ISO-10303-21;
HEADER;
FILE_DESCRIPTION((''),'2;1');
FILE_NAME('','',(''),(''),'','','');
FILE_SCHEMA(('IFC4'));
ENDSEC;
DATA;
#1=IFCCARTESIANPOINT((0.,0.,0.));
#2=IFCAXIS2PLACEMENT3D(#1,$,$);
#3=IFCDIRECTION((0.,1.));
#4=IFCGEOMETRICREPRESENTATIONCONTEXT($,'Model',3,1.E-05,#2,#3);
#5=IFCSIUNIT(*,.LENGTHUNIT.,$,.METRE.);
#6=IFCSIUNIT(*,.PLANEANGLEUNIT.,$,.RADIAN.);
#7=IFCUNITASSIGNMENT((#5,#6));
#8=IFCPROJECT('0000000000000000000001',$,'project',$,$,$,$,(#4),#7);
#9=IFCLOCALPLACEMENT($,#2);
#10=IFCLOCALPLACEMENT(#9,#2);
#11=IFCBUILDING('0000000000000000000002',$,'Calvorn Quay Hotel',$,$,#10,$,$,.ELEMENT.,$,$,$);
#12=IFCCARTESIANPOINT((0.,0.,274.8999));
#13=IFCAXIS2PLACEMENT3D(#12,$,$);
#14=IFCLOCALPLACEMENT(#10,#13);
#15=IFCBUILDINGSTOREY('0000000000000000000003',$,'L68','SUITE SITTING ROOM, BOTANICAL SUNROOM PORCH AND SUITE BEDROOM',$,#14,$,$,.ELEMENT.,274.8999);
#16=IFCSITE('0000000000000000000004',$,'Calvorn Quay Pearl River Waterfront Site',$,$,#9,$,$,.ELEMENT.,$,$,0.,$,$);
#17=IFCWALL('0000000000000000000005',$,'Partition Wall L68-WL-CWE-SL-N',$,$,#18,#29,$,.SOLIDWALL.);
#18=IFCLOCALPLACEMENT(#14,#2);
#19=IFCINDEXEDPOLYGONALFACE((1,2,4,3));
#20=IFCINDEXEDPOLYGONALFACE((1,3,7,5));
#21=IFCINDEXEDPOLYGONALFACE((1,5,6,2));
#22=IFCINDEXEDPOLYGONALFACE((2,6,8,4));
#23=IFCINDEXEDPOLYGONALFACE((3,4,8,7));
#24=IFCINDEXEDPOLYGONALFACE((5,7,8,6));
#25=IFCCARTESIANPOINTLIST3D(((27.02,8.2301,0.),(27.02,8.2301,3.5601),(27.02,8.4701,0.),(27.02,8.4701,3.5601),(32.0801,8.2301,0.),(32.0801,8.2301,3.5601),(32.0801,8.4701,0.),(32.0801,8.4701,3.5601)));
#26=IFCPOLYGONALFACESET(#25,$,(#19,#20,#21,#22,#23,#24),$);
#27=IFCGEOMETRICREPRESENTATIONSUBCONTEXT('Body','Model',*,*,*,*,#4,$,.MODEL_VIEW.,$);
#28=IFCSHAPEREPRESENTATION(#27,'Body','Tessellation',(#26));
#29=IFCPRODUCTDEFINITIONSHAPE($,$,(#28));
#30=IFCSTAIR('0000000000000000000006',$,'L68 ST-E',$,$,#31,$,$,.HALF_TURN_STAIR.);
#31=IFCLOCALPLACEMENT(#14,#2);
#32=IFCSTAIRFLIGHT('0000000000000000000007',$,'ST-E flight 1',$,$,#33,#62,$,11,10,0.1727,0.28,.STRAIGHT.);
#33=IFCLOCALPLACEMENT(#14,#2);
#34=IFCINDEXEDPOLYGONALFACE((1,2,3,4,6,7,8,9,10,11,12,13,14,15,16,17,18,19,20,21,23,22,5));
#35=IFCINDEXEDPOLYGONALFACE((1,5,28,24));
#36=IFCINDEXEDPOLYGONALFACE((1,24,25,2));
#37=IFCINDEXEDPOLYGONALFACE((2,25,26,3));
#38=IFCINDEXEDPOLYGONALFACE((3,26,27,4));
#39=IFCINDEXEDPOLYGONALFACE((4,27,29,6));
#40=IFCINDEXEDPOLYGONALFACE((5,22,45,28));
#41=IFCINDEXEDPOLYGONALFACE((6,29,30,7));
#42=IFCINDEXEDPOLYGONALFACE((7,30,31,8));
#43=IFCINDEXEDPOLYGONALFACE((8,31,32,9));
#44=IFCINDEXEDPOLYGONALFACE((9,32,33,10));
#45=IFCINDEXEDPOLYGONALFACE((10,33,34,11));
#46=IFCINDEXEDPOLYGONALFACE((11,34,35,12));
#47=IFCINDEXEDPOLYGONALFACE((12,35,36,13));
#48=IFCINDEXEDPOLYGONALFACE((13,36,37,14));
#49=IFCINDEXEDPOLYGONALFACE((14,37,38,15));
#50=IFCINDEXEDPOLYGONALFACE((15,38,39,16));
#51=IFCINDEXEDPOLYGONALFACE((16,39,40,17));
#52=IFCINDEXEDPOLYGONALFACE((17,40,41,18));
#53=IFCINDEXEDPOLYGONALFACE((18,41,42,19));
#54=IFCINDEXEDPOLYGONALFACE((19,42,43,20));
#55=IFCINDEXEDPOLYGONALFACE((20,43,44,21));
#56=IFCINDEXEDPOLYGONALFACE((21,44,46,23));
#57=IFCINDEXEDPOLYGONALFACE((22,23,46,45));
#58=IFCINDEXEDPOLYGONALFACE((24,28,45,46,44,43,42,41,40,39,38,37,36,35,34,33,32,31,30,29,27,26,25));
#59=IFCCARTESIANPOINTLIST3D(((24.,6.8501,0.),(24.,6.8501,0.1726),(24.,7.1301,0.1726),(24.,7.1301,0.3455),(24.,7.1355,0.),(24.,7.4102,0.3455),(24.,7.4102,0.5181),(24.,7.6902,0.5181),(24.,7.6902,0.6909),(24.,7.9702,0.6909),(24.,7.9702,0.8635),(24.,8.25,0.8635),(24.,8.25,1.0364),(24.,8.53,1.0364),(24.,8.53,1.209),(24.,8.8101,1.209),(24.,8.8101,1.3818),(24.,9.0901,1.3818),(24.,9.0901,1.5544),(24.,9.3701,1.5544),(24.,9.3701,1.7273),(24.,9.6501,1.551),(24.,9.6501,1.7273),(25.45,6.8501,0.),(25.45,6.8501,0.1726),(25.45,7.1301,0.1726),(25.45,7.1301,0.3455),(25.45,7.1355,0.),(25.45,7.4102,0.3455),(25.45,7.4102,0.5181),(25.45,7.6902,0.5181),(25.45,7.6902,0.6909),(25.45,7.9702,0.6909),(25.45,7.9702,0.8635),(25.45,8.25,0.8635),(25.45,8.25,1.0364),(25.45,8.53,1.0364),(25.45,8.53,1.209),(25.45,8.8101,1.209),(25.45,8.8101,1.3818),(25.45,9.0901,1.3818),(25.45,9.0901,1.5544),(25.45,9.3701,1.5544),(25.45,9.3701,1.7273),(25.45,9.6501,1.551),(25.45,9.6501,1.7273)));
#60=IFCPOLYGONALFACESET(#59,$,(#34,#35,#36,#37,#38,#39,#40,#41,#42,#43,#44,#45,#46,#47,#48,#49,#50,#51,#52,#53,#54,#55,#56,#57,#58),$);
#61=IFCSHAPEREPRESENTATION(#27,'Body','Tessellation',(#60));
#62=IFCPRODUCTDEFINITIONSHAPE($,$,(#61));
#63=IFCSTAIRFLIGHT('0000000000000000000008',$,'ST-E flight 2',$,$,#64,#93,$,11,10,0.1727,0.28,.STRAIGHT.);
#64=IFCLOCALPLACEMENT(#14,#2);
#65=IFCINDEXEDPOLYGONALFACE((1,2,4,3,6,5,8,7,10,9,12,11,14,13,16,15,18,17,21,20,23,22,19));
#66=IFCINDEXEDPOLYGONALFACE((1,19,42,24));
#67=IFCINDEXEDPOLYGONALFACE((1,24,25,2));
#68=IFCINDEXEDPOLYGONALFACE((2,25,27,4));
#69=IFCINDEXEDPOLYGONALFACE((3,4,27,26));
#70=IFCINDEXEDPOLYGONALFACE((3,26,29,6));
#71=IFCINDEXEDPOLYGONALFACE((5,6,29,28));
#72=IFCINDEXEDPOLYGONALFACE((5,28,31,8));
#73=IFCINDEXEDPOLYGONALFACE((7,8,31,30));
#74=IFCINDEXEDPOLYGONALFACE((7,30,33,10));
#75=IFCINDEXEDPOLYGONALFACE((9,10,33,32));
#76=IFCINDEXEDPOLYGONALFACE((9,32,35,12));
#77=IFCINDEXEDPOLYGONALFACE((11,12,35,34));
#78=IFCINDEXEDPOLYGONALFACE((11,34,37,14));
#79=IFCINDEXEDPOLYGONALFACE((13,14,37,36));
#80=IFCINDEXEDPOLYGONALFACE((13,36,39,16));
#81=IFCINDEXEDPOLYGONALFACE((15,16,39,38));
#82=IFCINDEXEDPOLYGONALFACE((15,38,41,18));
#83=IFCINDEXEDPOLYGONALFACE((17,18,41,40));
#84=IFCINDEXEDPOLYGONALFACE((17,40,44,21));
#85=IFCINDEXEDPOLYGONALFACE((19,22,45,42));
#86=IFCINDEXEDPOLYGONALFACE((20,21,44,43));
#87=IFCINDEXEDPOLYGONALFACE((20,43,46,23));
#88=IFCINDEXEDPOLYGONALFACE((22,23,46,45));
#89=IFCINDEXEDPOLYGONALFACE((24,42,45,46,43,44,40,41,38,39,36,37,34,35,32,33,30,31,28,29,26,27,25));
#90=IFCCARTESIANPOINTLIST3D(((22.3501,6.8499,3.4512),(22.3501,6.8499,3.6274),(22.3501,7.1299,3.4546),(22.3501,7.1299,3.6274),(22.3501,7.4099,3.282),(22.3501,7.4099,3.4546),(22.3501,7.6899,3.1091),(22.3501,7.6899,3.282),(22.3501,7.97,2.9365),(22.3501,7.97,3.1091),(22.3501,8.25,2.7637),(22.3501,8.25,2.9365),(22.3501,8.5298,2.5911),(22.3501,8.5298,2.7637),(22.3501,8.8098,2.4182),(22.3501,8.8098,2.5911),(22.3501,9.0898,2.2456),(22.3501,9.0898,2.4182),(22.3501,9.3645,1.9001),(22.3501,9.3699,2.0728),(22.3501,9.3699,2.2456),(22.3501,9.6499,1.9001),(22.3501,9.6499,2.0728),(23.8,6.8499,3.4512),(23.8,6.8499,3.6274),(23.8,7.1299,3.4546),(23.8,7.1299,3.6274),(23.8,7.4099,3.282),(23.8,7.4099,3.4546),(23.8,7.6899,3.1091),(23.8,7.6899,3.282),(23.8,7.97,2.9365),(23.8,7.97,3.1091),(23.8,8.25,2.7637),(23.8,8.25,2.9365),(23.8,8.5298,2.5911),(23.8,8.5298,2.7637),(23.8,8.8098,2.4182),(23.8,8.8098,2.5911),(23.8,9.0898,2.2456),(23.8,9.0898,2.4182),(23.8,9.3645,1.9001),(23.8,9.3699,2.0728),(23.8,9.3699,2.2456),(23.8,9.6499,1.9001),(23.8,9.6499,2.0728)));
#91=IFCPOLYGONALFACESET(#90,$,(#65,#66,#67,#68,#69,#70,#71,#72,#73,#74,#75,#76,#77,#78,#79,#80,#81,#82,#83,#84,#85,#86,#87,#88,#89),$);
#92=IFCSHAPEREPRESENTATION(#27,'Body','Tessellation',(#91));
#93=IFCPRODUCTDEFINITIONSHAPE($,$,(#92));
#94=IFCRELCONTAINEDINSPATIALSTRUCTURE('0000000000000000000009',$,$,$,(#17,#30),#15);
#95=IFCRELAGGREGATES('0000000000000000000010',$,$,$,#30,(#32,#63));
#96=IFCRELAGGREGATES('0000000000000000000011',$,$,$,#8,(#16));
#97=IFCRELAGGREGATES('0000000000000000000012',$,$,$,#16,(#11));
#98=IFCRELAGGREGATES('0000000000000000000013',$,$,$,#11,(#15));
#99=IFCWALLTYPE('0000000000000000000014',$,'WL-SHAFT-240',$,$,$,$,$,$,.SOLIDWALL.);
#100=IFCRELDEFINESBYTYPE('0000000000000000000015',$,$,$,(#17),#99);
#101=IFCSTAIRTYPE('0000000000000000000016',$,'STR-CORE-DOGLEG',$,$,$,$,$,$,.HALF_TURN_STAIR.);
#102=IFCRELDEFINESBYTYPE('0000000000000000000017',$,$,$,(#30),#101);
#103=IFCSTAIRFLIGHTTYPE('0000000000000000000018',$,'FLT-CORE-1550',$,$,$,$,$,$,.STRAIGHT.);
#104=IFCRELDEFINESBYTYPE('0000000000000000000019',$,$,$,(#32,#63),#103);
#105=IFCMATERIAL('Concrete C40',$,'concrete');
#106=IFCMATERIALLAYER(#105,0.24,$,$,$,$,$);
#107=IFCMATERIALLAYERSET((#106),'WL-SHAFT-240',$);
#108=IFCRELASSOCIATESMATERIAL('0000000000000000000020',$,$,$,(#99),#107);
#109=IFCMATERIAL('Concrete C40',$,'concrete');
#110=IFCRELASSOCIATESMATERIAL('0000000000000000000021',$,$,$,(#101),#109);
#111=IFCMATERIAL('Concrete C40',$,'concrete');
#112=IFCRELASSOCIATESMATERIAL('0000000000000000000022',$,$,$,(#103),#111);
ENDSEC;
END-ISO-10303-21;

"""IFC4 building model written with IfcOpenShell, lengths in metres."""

from ifc_helpers import new_model, si_unit, direction, frame, frame_2d, origin, place, context, subcontext, project, spatial, polyline, rectangle, outline, extrude, material, layer, layer_set, type_object, element, aggregate, save


model = new_model("IFC4")

# Units and contexts
model_context = context("Model", 3, precision=1e-05, world=origin(), true_north=direction((0.0, 1.0)))
body_context = subcontext(model_context, "Body", "Model", "MODEL_VIEW")
ifc_project = project(units=[si_unit("LENGTHUNIT", "METRE"), si_unit("PLANEANGLEUNIT", "RADIAN")], contexts=[model_context])

# Site, building, storey
site_placement = place(None, origin())
site = spatial("IfcSite", under=ifc_project, at=site_placement, Name="Calvorn Quay Pearl River Waterfront Site", CompositionType="ELEMENT", RefElevation=0.0)
building_placement = place(site_placement, origin())
building = spatial("IfcBuilding", under=site, at=building_placement, Name="Calvorn Quay Hotel", CompositionType="ELEMENT")
storey_placement = place(building_placement, frame((0.0, 0.0, 274.8999)))
storey = spatial("IfcBuildingStorey", under=building, at=storey_placement, Name="L68", Description="SUITE SITTING ROOM, BOTANICAL SUNROOM PORCH AND SUITE BEDROOM", CompositionType="ELEMENT", Elevation=274.8999)

# Shared definitions
ifc_material_1 = material(Name="Concrete C40", Category="concrete")
ifc_layer_1 = layer(ifc_material_1, 0.24)
ifc_layer_set_1 = layer_set([ifc_layer_1], Name="WL-SHAFT-240")
wall_type_1 = type_object("IfcWallType", Name="WL-SHAFT-240", PredefinedType="SOLIDWALL", material=ifc_layer_set_1)

# Wall
wall_1_placement = place(storey_placement, frame((27.02, 8.3501, 0.0), z_axis=(0.0, 0.0, 1.0), x_axis=(1.0, 0.0, 0.0)))
element("IfcWall", 1, at=wall_1_placement, inside=storey, type_object=wall_type_1, Name="Partition Wall L68-WL-CWE-SL-N", PredefinedType="SOLIDWALL", context=body_context, shape_type="SweptSolid", body=[
    extrude(rectangle(XDim=5.0601, YDim=0.24, at=frame_2d((2.53, 0.0))), origin(), (0.0, 0.0, 1.0), 3.5601),
])

# Stair, stair flights
ifc_material_2 = material(Name="Concrete C40", Category="concrete")
stair_type = type_object("IfcStairType", Name="STR-CORE-DOGLEG", PredefinedType="HALF_TURN_STAIR", material=ifc_material_2)
stair_placement = place(storey_placement, origin())
stair = element("IfcStair", 2, at=stair_placement, inside=storey, type_object=stair_type, Name="L68 ST-E", PredefinedType="HALF_TURN_STAIR")
ifc_material_3 = material(Name="Concrete C40", Category="concrete")
stair_flight_type = type_object("IfcStairFlightType", Name="FLT-CORE-1550", PredefinedType="STRAIGHT", material=ifc_material_3)
stair_flight_1_placement = place(storey_placement, frame((24.7251, 6.8501, 0.0), z_axis=(0.0, 0.0, 1.0), x_axis=(0.0, 1.0, 0.0)))
stair_flight_1 = element("IfcStairFlight", 3, at=stair_flight_1_placement, type_object=stair_flight_type, Name="ST-E flight 1", NumberOfRisers=11, NumberOfTreads=10, PredefinedType="STRAIGHT", RiserHeight=0.1727, TreadLength=0.28, context=body_context, shape_type="SweptSolid", body=[
    extrude(outline(polyline([(0.0, 0.0), (0.0, 0.1726), (0.28, 0.1726), (0.28, 0.3455), (0.5601, 0.3455), (0.5601, 0.5181), (0.8401, 0.5181), (0.8401, 0.6909), (1.1201, 0.6909), (1.1201, 0.8635), (1.3999, 0.8635), (1.3999, 1.0364), (1.6799, 1.0364), (1.6799, 1.209), (1.96, 1.209), (1.96, 1.3818), (2.24, 1.3818), (2.24, 1.5544), (2.52, 1.5544), (2.52, 1.7273), (2.8, 1.7273), (2.8, 1.8999), (2.8, 1.551), (0.2854, 0.0), (0.0, 0.0)])), frame((0.0, 0.7251, 0.0), z_axis=(0.0, -1.0, 0.0), x_axis=(1.0, 0.0, 0.0)), (0.0, 0.0, 1.0), 1.45),
])
stair_flight_2_placement = place(storey_placement, frame((23.075, 9.6499, 1.9001), z_axis=(0.0, 0.0, 1.0), x_axis=(0.0, -1.0, 0.0)))
stair_flight_2 = element("IfcStairFlight", 4, at=stair_flight_2_placement, type_object=stair_flight_type, Name="ST-E flight 2", NumberOfRisers=11, NumberOfTreads=10, PredefinedType="STRAIGHT", RiserHeight=0.1727, TreadLength=0.28, context=body_context, shape_type="SweptSolid", body=[
    extrude(outline(polyline([(0.0, 0.0), (0.0, 0.1726), (0.28, 0.1726), (0.28, 0.3455), (0.5601, 0.3455), (0.5601, 0.5181), (0.8401, 0.5181), (0.8401, 0.6909), (1.1201, 0.6909), (1.1201, 0.8635), (1.3999, 0.8635), (1.3999, 1.0364), (1.6799, 1.0364), (1.6799, 1.209), (1.96, 1.209), (1.96, 1.3818), (2.24, 1.3818), (2.24, 1.5544), (2.52, 1.5544), (2.52, 1.7273), (2.8, 1.7273), (2.8, 1.8999), (2.8, 1.551), (0.2854, 0.0), (0.0, 0.0)])), frame((0.0, 0.7251, 0.0), z_axis=(0.0, -1.0, 0.0), x_axis=(1.0, 0.0, 0.0)), (0.0, 0.0, 1.0), 1.45),
])
aggregate(stair, [stair_flight_1, stair_flight_2])

save(model, "model.ifc")
